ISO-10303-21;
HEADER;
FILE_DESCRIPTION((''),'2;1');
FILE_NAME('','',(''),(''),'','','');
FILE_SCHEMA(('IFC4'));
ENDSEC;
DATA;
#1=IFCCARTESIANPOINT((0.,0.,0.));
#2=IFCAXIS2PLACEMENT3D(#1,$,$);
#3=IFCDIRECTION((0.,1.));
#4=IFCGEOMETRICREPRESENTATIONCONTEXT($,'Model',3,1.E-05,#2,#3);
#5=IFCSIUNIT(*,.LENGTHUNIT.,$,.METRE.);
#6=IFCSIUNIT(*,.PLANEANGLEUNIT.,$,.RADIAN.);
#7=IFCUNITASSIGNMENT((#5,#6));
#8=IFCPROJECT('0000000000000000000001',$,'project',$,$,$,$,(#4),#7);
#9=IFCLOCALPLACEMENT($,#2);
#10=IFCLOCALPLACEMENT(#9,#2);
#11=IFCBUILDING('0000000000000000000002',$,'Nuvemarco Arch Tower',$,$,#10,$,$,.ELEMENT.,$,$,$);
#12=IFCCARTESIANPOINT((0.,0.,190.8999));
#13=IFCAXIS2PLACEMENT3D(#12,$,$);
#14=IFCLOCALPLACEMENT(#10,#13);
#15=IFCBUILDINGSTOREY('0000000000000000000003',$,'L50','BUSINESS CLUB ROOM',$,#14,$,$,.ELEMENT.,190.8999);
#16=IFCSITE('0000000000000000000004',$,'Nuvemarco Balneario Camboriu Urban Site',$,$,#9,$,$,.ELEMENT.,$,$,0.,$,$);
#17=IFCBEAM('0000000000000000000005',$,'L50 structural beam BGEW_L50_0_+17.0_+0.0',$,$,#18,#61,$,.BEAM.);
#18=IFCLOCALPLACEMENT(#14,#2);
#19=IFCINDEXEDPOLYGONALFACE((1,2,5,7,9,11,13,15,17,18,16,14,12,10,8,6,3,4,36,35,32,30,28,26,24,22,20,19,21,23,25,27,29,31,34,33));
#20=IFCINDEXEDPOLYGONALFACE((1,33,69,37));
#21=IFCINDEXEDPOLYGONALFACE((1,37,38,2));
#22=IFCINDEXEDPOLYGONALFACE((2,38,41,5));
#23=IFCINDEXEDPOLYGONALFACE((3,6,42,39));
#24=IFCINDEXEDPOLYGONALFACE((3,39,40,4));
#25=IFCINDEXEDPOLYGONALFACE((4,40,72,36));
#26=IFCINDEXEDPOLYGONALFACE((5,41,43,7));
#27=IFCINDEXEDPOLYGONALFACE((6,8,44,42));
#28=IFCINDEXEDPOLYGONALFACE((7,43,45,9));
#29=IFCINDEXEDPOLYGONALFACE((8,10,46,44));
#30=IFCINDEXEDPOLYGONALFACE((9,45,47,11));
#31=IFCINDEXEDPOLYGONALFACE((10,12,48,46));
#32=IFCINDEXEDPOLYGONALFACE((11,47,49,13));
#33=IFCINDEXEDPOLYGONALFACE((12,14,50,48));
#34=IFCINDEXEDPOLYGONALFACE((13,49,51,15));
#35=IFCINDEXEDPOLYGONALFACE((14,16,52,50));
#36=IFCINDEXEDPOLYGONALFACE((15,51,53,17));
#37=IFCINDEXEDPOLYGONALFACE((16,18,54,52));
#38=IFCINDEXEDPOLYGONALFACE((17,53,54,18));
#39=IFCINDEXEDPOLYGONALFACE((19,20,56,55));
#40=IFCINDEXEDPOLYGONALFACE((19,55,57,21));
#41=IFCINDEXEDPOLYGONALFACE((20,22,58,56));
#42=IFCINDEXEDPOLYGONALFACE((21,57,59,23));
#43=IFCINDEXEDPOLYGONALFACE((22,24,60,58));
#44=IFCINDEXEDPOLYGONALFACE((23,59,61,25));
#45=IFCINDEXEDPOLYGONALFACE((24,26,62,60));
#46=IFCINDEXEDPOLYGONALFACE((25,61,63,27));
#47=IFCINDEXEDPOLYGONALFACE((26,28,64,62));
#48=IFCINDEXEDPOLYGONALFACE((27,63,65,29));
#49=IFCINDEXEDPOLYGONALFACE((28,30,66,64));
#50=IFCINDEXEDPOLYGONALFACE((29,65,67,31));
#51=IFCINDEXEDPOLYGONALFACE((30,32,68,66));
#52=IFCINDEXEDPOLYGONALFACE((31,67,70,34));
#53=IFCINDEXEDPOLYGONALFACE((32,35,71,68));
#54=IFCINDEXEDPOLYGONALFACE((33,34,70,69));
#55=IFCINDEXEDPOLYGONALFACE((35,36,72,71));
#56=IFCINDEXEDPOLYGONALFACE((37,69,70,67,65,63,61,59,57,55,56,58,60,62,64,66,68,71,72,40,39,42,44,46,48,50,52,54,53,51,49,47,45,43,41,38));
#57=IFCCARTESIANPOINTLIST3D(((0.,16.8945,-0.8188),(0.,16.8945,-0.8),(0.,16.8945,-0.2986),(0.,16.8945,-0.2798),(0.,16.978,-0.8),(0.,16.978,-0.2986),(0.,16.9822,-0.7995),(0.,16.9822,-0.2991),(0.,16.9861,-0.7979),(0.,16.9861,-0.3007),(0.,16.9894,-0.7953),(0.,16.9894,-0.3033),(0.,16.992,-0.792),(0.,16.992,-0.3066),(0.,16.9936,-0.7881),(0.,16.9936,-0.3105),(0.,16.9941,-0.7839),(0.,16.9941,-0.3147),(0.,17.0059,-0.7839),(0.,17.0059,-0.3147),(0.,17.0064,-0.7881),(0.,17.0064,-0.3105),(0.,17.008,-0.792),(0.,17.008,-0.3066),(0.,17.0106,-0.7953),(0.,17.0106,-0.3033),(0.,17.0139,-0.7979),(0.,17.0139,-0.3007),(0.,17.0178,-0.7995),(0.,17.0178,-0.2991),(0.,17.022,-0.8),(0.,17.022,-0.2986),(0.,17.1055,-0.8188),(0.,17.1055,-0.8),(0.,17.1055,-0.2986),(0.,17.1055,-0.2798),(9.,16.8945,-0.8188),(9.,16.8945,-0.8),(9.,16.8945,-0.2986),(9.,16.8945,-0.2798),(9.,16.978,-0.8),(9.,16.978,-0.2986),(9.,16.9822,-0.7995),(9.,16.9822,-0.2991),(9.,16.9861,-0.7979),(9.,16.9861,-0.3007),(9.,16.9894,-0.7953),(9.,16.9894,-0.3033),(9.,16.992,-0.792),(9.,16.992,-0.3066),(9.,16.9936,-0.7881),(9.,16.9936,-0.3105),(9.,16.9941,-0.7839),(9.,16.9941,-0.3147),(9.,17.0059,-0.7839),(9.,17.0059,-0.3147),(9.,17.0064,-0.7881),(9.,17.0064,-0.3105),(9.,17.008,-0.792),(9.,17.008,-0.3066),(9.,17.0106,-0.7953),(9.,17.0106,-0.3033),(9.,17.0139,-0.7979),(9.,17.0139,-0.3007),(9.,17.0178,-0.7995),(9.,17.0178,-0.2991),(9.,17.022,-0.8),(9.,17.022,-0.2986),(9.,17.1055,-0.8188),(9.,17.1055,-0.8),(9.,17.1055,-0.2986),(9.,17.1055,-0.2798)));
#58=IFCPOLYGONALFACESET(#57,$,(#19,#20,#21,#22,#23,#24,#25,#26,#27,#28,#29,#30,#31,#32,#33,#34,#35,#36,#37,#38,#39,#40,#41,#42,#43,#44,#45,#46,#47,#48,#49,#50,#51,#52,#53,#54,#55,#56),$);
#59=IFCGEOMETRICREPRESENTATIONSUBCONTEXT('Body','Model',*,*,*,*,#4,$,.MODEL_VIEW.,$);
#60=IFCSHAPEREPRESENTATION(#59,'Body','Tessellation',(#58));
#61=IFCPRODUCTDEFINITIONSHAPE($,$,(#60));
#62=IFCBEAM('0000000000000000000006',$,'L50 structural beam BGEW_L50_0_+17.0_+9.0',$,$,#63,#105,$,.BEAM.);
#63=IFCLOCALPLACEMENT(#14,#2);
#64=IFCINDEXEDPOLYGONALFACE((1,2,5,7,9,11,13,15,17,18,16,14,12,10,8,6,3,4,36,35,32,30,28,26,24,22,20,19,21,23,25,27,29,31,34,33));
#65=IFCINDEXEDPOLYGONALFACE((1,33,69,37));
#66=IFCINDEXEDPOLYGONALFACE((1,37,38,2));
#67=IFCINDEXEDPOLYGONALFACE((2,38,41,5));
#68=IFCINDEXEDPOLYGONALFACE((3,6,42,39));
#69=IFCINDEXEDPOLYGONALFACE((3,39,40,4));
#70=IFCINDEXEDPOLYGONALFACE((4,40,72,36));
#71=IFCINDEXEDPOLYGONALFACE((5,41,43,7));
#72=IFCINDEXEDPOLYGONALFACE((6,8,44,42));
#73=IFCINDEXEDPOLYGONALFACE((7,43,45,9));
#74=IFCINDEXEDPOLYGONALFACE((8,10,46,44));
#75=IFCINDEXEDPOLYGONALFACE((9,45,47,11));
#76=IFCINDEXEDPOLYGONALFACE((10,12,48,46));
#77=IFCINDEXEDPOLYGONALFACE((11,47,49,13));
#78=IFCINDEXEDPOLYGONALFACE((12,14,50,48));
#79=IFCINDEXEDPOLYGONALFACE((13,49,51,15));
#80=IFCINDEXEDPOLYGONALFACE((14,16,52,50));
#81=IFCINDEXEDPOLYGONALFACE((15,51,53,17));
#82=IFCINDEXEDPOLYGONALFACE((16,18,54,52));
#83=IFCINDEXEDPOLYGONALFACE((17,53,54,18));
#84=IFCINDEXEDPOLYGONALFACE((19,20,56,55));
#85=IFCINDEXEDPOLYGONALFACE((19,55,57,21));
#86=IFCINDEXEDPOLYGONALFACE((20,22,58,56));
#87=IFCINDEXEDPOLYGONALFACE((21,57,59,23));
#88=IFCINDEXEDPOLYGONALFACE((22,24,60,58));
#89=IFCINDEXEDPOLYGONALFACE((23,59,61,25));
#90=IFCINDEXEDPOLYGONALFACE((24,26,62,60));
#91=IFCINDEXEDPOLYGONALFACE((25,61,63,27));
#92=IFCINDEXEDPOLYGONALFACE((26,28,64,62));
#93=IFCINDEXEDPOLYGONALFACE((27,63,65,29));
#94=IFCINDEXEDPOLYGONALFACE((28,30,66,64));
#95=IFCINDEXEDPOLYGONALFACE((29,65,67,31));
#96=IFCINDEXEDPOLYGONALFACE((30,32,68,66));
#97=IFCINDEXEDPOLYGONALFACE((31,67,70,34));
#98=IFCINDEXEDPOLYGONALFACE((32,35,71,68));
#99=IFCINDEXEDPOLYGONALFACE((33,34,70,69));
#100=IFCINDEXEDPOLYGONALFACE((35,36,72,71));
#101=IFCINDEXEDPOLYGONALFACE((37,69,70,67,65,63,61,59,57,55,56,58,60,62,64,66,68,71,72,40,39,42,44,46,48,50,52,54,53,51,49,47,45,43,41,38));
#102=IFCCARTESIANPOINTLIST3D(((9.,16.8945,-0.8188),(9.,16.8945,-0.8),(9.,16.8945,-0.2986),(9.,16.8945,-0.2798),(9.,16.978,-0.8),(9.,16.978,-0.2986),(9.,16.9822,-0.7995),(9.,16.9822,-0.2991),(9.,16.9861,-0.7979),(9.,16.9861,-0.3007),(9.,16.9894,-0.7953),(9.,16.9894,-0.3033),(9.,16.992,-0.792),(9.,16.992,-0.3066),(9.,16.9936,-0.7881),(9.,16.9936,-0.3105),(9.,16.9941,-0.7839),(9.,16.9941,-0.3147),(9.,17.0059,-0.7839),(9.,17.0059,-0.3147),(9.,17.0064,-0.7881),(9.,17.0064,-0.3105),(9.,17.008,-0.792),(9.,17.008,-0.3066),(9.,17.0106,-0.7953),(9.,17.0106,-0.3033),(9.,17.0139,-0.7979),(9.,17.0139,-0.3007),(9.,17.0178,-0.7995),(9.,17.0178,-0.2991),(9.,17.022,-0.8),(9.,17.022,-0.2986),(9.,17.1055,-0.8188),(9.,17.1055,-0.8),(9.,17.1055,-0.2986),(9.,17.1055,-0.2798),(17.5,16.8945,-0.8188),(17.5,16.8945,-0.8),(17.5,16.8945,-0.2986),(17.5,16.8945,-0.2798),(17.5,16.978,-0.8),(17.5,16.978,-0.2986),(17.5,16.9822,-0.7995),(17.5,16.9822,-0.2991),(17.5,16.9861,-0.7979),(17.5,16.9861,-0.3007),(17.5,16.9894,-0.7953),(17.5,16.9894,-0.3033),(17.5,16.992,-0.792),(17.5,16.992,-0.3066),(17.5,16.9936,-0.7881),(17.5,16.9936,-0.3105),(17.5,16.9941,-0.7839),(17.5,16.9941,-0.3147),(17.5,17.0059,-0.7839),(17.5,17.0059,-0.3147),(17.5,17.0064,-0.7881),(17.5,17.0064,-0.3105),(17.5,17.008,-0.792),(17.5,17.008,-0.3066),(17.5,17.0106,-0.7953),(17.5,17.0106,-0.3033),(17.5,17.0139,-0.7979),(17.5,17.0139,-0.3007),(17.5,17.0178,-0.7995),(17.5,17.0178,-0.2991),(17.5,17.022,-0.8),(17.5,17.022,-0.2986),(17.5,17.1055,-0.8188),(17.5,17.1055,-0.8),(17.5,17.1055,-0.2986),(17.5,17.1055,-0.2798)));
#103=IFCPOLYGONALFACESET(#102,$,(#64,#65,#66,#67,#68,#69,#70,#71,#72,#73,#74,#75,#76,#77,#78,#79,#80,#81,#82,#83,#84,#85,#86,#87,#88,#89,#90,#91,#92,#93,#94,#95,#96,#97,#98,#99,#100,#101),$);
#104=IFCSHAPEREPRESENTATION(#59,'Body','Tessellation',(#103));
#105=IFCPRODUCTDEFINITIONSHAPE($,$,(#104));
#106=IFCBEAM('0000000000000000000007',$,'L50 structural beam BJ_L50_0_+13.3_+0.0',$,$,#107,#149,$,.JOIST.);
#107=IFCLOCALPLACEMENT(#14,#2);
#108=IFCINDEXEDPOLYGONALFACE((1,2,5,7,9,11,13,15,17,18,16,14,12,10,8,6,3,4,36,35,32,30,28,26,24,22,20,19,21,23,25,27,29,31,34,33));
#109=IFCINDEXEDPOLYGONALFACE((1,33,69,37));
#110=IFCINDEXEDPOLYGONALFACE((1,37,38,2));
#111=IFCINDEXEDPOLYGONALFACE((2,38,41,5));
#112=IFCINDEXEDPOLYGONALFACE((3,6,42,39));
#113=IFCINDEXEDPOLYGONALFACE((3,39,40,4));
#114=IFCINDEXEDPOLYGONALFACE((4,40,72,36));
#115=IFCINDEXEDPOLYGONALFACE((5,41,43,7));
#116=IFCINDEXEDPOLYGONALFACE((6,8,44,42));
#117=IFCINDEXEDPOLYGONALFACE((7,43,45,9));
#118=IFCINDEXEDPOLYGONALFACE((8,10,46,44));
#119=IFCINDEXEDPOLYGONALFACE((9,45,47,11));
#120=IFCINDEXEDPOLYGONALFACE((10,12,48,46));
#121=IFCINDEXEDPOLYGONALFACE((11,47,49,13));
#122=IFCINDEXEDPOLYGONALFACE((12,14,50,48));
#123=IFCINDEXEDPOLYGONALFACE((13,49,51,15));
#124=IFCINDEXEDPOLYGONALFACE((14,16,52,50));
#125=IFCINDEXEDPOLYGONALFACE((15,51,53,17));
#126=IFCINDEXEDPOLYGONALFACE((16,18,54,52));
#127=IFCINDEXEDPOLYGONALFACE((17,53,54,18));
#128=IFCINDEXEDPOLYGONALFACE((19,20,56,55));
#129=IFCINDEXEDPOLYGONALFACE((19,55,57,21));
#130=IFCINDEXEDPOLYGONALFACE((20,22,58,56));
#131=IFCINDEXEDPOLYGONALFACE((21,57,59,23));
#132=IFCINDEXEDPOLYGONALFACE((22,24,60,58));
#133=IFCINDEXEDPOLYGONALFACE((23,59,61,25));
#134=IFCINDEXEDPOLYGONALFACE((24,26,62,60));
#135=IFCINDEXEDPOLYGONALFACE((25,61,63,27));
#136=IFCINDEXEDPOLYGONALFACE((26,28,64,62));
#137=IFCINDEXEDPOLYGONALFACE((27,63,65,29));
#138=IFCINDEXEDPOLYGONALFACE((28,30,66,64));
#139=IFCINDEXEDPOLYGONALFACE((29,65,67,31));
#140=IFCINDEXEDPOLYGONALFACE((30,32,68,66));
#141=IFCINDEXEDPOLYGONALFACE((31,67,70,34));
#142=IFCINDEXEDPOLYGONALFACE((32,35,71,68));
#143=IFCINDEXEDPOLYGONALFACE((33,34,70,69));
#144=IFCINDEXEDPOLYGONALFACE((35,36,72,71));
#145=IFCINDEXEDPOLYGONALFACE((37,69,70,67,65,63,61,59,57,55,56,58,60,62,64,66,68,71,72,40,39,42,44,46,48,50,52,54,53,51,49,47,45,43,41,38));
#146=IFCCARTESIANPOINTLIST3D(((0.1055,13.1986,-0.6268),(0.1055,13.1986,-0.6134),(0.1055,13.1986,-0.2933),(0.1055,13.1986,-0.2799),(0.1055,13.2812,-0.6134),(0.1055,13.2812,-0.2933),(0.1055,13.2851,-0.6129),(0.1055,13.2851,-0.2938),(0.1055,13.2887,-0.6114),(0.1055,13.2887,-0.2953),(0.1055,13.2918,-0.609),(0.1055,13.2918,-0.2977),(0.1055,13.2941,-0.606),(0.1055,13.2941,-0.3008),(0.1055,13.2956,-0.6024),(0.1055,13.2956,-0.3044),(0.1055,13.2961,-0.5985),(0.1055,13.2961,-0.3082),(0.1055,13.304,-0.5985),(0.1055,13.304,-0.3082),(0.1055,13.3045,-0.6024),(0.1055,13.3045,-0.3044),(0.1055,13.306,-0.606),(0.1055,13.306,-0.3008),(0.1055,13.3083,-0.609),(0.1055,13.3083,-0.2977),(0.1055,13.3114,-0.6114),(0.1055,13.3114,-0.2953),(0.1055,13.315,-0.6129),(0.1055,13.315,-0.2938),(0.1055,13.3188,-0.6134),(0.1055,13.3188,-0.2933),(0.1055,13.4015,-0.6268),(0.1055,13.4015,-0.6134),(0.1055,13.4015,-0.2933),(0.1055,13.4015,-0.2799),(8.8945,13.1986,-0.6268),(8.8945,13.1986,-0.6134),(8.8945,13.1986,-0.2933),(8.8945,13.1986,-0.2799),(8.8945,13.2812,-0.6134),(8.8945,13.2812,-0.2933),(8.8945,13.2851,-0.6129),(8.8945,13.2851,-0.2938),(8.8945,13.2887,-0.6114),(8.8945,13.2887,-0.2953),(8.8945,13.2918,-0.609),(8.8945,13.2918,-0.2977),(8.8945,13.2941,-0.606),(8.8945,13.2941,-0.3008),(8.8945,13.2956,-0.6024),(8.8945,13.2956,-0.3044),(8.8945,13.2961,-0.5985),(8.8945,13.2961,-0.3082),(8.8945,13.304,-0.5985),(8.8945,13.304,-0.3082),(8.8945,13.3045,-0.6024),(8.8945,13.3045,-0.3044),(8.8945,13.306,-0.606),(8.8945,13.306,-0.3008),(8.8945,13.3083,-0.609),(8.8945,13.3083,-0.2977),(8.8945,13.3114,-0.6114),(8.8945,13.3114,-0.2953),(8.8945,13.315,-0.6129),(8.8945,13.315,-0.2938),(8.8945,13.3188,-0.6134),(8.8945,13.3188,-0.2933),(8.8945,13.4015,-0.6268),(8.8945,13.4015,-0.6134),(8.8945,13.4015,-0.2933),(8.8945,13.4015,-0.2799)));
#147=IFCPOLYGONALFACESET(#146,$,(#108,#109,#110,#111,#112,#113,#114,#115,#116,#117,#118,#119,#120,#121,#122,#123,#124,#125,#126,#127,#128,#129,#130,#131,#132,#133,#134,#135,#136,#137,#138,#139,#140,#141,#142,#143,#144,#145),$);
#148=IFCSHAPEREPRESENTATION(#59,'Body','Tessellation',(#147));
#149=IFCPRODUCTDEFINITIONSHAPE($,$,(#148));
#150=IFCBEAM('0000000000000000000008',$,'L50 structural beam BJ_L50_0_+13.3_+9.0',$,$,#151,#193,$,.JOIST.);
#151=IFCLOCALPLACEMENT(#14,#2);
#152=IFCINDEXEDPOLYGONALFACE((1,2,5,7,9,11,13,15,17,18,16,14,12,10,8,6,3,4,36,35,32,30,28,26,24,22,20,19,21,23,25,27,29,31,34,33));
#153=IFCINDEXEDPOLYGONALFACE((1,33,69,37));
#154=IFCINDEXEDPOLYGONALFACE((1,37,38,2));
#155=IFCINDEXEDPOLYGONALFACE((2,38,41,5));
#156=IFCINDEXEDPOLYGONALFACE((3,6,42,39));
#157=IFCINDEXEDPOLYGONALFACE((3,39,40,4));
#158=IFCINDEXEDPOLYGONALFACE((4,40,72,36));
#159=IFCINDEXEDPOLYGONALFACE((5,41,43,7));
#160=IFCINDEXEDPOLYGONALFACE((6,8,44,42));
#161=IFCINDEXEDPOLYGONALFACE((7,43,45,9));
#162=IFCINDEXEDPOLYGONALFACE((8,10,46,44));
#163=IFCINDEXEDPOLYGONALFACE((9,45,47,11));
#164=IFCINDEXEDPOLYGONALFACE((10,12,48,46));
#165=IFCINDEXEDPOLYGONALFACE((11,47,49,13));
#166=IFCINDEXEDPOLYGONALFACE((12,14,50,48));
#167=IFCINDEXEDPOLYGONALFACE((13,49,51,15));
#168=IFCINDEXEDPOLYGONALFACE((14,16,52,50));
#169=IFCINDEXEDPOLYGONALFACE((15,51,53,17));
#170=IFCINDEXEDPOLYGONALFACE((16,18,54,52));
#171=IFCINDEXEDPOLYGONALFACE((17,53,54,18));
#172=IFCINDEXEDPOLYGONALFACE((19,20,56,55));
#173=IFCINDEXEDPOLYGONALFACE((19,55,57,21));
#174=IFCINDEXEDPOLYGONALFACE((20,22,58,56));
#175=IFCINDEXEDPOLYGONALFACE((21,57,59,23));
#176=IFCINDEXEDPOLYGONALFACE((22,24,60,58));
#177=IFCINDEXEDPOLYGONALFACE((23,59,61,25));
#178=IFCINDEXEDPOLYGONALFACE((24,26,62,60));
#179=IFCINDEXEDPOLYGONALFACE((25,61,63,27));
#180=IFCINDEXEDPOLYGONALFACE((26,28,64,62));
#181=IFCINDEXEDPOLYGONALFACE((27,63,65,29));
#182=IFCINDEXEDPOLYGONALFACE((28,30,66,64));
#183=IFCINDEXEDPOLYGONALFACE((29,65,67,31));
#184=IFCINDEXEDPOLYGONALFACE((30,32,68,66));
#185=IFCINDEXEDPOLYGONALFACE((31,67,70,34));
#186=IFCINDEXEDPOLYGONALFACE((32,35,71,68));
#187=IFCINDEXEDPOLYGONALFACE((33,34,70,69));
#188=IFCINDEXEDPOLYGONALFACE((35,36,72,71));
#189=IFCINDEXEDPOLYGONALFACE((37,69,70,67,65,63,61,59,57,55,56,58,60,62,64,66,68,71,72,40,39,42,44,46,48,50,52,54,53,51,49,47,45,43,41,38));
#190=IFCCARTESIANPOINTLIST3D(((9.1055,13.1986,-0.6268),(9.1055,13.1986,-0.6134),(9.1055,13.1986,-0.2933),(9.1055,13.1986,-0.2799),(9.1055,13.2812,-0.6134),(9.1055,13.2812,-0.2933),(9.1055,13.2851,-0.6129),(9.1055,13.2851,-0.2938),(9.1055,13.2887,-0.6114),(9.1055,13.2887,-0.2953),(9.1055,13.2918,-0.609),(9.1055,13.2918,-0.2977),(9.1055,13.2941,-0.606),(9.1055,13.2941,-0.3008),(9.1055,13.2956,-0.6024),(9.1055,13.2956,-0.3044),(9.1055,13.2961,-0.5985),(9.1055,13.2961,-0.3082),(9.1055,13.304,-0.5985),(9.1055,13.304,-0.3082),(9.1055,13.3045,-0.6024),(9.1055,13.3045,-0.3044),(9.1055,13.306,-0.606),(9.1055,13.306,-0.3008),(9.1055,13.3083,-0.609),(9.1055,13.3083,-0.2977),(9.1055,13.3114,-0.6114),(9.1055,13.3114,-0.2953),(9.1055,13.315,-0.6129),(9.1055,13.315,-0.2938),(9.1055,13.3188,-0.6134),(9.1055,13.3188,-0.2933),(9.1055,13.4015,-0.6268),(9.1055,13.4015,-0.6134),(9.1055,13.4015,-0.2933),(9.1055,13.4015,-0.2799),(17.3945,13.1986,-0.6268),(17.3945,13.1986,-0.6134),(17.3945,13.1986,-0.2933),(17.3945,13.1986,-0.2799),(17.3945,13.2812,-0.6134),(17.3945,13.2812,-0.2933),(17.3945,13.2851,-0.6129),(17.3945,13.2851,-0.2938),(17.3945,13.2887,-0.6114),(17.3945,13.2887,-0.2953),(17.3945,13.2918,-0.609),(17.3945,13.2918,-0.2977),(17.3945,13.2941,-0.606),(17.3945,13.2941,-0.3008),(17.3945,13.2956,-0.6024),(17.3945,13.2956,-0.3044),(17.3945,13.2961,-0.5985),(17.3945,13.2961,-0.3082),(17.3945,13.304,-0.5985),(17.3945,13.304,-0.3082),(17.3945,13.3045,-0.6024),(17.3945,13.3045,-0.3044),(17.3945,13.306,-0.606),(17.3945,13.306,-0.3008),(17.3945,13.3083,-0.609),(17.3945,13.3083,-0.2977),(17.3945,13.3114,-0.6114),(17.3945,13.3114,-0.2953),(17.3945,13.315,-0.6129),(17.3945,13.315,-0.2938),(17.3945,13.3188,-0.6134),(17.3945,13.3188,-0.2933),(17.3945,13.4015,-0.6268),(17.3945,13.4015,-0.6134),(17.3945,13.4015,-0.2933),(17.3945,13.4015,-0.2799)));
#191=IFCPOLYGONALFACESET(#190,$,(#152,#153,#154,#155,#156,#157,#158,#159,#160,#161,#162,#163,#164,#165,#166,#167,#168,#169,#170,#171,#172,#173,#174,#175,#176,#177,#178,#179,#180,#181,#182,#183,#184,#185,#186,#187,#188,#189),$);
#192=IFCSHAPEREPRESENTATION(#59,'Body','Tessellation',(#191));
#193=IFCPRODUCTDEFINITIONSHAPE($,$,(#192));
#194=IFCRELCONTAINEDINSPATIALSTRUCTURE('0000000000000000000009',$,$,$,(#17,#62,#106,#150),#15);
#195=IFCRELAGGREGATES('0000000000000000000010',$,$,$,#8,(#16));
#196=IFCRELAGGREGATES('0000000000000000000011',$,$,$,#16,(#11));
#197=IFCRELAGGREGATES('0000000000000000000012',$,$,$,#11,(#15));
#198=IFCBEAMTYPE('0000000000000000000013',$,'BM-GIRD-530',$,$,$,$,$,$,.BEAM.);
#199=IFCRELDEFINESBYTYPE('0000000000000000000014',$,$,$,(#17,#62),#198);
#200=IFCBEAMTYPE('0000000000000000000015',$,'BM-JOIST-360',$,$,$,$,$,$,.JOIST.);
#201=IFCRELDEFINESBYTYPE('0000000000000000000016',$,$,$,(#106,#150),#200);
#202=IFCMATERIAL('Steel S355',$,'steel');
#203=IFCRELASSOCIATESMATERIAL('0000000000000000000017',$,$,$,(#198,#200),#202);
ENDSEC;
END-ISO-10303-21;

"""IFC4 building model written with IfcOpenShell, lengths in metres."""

from ifc_helpers import new_model, si_unit, direction, frame, origin, origin_2d, place, context, subcontext, project, spatial, i_section, extrude, material, material_profile, profile_set, type_object, element, save


model = new_model("IFC4")

# Units and contexts
model_context = context("Model", 3, precision=1e-05, world=origin(), true_north=direction((0.0, 1.0)))
body_context = subcontext(model_context, "Body", "Model", "MODEL_VIEW")
ifc_project = project(units=[si_unit("LENGTHUNIT", "METRE"), si_unit("PLANEANGLEUNIT", "RADIAN")], contexts=[model_context])

# Site, building, storey
site_placement = place(None, origin())
site = spatial("IfcSite", under=ifc_project, at=site_placement, Name="Nuvemarco Balneario Camboriu Urban Site", CompositionType="ELEMENT", RefElevation=0.0)
building_placement = place(site_placement, origin())
building = spatial("IfcBuilding", under=site, at=building_placement, Name="Nuvemarco Arch Tower", CompositionType="ELEMENT")
storey_placement = place(building_placement, frame((0.0, 0.0, 190.8999)))
storey = spatial("IfcBuildingStorey", under=building, at=storey_placement, Name="L50", Description="BUSINESS CLUB ROOM", CompositionType="ELEMENT", Elevation=190.8999)

# Shared definitions
ifc_material_1 = material(Name="Steel S355", Category="steel")

# Beams
ifc_material_profile_1 = material_profile(ifc_material_1, i_section(OverallWidth=0.2109, OverallDepth=0.5391, WebThickness=0.0117, FlangeThickness=0.0188, FilletRadius=0.0161, at=origin_2d()), Name="W530x109")
ifc_profile_set_1 = profile_set([ifc_material_profile_1], Name="Steel S355")
beam_type_1 = type_object("IfcBeamType", Name="BM-GIRD-530", PredefinedType="BEAM", material=ifc_profile_set_1)
beam_1_placement = place(storey_placement, frame((0.0, 17.0, -0.5493), z_axis=(1.0, 0.0, 0.0), x_axis=(0.0, 1.0, 0.0)))
element("IfcBeam", 1, at=beam_1_placement, inside=storey, type_object=beam_type_1, Name="L50 structural beam BGEW_L50_0_+17.0_+0.0", PredefinedType="BEAM", context=body_context, shape_type="SweptSolid", body=[
    extrude(i_section(OverallWidth=0.2109, OverallDepth=0.5391, WebThickness=0.0117, FlangeThickness=0.0188, FilletRadius=0.0161, at=origin_2d()), origin(), (0.0, 0.0, 1.0), 9.0),
])
beam_2_placement = place(storey_placement, frame((9.0, 17.0, -0.5493), z_axis=(1.0, 0.0, 0.0), x_axis=(0.0, 1.0, 0.0)))
element("IfcBeam", 2, at=beam_2_placement, inside=storey, type_object=beam_type_1, Name="L50 structural beam BGEW_L50_0_+17.0_+9.0", PredefinedType="BEAM", context=body_context, shape_type="SweptSolid", body=[
    extrude(i_section(OverallWidth=0.2109, OverallDepth=0.5391, WebThickness=0.0117, FlangeThickness=0.0188, FilletRadius=0.0161, at=origin_2d()), origin(), (0.0, 0.0, 1.0), 8.5),
])
ifc_material_profile_2 = material_profile(ifc_material_1, i_section(OverallWidth=0.2029, OverallDepth=0.3469, WebThickness=0.0078, FlangeThickness=0.0134, FilletRadius=0.0149, at=origin_2d()), Name="W360x64")
ifc_profile_set_2 = profile_set([ifc_material_profile_2], Name="Steel S355")
beam_type_2 = type_object("IfcBeamType", Name="BM-JOIST-360", PredefinedType="JOIST", material=ifc_profile_set_2)
beam_3_placement = place(storey_placement, frame((0.1055, 13.3, -0.4534), z_axis=(1.0, 0.0, 0.0), x_axis=(0.0, 1.0, 0.0)))
element("IfcBeam", 3, at=beam_3_placement, inside=storey, type_object=beam_type_2, Name="L50 structural beam BJ_L50_0_+13.3_+0.0", PredefinedType="JOIST", context=body_context, shape_type="SweptSolid", body=[
    extrude(i_section(OverallWidth=0.2029, OverallDepth=0.3469, WebThickness=0.0078, FlangeThickness=0.0134, FilletRadius=0.0149, at=origin_2d()), origin(), (0.0, 0.0, 1.0), 8.7891),
])
beam_4_placement = place(storey_placement, frame((9.1055, 13.3, -0.4534), z_axis=(1.0, 0.0, 0.0), x_axis=(0.0, 1.0, 0.0)))
element("IfcBeam", 4, at=beam_4_placement, inside=storey, type_object=beam_type_2, Name="L50 structural beam BJ_L50_0_+13.3_+9.0", PredefinedType="JOIST", context=body_context, shape_type="SweptSolid", body=[
    extrude(i_section(OverallWidth=0.2029, OverallDepth=0.3469, WebThickness=0.0078, FlangeThickness=0.0134, FilletRadius=0.0149, at=origin_2d()), origin(), (0.0, 0.0, 1.0), 8.2891),
])

save(model, "model.ifc")
